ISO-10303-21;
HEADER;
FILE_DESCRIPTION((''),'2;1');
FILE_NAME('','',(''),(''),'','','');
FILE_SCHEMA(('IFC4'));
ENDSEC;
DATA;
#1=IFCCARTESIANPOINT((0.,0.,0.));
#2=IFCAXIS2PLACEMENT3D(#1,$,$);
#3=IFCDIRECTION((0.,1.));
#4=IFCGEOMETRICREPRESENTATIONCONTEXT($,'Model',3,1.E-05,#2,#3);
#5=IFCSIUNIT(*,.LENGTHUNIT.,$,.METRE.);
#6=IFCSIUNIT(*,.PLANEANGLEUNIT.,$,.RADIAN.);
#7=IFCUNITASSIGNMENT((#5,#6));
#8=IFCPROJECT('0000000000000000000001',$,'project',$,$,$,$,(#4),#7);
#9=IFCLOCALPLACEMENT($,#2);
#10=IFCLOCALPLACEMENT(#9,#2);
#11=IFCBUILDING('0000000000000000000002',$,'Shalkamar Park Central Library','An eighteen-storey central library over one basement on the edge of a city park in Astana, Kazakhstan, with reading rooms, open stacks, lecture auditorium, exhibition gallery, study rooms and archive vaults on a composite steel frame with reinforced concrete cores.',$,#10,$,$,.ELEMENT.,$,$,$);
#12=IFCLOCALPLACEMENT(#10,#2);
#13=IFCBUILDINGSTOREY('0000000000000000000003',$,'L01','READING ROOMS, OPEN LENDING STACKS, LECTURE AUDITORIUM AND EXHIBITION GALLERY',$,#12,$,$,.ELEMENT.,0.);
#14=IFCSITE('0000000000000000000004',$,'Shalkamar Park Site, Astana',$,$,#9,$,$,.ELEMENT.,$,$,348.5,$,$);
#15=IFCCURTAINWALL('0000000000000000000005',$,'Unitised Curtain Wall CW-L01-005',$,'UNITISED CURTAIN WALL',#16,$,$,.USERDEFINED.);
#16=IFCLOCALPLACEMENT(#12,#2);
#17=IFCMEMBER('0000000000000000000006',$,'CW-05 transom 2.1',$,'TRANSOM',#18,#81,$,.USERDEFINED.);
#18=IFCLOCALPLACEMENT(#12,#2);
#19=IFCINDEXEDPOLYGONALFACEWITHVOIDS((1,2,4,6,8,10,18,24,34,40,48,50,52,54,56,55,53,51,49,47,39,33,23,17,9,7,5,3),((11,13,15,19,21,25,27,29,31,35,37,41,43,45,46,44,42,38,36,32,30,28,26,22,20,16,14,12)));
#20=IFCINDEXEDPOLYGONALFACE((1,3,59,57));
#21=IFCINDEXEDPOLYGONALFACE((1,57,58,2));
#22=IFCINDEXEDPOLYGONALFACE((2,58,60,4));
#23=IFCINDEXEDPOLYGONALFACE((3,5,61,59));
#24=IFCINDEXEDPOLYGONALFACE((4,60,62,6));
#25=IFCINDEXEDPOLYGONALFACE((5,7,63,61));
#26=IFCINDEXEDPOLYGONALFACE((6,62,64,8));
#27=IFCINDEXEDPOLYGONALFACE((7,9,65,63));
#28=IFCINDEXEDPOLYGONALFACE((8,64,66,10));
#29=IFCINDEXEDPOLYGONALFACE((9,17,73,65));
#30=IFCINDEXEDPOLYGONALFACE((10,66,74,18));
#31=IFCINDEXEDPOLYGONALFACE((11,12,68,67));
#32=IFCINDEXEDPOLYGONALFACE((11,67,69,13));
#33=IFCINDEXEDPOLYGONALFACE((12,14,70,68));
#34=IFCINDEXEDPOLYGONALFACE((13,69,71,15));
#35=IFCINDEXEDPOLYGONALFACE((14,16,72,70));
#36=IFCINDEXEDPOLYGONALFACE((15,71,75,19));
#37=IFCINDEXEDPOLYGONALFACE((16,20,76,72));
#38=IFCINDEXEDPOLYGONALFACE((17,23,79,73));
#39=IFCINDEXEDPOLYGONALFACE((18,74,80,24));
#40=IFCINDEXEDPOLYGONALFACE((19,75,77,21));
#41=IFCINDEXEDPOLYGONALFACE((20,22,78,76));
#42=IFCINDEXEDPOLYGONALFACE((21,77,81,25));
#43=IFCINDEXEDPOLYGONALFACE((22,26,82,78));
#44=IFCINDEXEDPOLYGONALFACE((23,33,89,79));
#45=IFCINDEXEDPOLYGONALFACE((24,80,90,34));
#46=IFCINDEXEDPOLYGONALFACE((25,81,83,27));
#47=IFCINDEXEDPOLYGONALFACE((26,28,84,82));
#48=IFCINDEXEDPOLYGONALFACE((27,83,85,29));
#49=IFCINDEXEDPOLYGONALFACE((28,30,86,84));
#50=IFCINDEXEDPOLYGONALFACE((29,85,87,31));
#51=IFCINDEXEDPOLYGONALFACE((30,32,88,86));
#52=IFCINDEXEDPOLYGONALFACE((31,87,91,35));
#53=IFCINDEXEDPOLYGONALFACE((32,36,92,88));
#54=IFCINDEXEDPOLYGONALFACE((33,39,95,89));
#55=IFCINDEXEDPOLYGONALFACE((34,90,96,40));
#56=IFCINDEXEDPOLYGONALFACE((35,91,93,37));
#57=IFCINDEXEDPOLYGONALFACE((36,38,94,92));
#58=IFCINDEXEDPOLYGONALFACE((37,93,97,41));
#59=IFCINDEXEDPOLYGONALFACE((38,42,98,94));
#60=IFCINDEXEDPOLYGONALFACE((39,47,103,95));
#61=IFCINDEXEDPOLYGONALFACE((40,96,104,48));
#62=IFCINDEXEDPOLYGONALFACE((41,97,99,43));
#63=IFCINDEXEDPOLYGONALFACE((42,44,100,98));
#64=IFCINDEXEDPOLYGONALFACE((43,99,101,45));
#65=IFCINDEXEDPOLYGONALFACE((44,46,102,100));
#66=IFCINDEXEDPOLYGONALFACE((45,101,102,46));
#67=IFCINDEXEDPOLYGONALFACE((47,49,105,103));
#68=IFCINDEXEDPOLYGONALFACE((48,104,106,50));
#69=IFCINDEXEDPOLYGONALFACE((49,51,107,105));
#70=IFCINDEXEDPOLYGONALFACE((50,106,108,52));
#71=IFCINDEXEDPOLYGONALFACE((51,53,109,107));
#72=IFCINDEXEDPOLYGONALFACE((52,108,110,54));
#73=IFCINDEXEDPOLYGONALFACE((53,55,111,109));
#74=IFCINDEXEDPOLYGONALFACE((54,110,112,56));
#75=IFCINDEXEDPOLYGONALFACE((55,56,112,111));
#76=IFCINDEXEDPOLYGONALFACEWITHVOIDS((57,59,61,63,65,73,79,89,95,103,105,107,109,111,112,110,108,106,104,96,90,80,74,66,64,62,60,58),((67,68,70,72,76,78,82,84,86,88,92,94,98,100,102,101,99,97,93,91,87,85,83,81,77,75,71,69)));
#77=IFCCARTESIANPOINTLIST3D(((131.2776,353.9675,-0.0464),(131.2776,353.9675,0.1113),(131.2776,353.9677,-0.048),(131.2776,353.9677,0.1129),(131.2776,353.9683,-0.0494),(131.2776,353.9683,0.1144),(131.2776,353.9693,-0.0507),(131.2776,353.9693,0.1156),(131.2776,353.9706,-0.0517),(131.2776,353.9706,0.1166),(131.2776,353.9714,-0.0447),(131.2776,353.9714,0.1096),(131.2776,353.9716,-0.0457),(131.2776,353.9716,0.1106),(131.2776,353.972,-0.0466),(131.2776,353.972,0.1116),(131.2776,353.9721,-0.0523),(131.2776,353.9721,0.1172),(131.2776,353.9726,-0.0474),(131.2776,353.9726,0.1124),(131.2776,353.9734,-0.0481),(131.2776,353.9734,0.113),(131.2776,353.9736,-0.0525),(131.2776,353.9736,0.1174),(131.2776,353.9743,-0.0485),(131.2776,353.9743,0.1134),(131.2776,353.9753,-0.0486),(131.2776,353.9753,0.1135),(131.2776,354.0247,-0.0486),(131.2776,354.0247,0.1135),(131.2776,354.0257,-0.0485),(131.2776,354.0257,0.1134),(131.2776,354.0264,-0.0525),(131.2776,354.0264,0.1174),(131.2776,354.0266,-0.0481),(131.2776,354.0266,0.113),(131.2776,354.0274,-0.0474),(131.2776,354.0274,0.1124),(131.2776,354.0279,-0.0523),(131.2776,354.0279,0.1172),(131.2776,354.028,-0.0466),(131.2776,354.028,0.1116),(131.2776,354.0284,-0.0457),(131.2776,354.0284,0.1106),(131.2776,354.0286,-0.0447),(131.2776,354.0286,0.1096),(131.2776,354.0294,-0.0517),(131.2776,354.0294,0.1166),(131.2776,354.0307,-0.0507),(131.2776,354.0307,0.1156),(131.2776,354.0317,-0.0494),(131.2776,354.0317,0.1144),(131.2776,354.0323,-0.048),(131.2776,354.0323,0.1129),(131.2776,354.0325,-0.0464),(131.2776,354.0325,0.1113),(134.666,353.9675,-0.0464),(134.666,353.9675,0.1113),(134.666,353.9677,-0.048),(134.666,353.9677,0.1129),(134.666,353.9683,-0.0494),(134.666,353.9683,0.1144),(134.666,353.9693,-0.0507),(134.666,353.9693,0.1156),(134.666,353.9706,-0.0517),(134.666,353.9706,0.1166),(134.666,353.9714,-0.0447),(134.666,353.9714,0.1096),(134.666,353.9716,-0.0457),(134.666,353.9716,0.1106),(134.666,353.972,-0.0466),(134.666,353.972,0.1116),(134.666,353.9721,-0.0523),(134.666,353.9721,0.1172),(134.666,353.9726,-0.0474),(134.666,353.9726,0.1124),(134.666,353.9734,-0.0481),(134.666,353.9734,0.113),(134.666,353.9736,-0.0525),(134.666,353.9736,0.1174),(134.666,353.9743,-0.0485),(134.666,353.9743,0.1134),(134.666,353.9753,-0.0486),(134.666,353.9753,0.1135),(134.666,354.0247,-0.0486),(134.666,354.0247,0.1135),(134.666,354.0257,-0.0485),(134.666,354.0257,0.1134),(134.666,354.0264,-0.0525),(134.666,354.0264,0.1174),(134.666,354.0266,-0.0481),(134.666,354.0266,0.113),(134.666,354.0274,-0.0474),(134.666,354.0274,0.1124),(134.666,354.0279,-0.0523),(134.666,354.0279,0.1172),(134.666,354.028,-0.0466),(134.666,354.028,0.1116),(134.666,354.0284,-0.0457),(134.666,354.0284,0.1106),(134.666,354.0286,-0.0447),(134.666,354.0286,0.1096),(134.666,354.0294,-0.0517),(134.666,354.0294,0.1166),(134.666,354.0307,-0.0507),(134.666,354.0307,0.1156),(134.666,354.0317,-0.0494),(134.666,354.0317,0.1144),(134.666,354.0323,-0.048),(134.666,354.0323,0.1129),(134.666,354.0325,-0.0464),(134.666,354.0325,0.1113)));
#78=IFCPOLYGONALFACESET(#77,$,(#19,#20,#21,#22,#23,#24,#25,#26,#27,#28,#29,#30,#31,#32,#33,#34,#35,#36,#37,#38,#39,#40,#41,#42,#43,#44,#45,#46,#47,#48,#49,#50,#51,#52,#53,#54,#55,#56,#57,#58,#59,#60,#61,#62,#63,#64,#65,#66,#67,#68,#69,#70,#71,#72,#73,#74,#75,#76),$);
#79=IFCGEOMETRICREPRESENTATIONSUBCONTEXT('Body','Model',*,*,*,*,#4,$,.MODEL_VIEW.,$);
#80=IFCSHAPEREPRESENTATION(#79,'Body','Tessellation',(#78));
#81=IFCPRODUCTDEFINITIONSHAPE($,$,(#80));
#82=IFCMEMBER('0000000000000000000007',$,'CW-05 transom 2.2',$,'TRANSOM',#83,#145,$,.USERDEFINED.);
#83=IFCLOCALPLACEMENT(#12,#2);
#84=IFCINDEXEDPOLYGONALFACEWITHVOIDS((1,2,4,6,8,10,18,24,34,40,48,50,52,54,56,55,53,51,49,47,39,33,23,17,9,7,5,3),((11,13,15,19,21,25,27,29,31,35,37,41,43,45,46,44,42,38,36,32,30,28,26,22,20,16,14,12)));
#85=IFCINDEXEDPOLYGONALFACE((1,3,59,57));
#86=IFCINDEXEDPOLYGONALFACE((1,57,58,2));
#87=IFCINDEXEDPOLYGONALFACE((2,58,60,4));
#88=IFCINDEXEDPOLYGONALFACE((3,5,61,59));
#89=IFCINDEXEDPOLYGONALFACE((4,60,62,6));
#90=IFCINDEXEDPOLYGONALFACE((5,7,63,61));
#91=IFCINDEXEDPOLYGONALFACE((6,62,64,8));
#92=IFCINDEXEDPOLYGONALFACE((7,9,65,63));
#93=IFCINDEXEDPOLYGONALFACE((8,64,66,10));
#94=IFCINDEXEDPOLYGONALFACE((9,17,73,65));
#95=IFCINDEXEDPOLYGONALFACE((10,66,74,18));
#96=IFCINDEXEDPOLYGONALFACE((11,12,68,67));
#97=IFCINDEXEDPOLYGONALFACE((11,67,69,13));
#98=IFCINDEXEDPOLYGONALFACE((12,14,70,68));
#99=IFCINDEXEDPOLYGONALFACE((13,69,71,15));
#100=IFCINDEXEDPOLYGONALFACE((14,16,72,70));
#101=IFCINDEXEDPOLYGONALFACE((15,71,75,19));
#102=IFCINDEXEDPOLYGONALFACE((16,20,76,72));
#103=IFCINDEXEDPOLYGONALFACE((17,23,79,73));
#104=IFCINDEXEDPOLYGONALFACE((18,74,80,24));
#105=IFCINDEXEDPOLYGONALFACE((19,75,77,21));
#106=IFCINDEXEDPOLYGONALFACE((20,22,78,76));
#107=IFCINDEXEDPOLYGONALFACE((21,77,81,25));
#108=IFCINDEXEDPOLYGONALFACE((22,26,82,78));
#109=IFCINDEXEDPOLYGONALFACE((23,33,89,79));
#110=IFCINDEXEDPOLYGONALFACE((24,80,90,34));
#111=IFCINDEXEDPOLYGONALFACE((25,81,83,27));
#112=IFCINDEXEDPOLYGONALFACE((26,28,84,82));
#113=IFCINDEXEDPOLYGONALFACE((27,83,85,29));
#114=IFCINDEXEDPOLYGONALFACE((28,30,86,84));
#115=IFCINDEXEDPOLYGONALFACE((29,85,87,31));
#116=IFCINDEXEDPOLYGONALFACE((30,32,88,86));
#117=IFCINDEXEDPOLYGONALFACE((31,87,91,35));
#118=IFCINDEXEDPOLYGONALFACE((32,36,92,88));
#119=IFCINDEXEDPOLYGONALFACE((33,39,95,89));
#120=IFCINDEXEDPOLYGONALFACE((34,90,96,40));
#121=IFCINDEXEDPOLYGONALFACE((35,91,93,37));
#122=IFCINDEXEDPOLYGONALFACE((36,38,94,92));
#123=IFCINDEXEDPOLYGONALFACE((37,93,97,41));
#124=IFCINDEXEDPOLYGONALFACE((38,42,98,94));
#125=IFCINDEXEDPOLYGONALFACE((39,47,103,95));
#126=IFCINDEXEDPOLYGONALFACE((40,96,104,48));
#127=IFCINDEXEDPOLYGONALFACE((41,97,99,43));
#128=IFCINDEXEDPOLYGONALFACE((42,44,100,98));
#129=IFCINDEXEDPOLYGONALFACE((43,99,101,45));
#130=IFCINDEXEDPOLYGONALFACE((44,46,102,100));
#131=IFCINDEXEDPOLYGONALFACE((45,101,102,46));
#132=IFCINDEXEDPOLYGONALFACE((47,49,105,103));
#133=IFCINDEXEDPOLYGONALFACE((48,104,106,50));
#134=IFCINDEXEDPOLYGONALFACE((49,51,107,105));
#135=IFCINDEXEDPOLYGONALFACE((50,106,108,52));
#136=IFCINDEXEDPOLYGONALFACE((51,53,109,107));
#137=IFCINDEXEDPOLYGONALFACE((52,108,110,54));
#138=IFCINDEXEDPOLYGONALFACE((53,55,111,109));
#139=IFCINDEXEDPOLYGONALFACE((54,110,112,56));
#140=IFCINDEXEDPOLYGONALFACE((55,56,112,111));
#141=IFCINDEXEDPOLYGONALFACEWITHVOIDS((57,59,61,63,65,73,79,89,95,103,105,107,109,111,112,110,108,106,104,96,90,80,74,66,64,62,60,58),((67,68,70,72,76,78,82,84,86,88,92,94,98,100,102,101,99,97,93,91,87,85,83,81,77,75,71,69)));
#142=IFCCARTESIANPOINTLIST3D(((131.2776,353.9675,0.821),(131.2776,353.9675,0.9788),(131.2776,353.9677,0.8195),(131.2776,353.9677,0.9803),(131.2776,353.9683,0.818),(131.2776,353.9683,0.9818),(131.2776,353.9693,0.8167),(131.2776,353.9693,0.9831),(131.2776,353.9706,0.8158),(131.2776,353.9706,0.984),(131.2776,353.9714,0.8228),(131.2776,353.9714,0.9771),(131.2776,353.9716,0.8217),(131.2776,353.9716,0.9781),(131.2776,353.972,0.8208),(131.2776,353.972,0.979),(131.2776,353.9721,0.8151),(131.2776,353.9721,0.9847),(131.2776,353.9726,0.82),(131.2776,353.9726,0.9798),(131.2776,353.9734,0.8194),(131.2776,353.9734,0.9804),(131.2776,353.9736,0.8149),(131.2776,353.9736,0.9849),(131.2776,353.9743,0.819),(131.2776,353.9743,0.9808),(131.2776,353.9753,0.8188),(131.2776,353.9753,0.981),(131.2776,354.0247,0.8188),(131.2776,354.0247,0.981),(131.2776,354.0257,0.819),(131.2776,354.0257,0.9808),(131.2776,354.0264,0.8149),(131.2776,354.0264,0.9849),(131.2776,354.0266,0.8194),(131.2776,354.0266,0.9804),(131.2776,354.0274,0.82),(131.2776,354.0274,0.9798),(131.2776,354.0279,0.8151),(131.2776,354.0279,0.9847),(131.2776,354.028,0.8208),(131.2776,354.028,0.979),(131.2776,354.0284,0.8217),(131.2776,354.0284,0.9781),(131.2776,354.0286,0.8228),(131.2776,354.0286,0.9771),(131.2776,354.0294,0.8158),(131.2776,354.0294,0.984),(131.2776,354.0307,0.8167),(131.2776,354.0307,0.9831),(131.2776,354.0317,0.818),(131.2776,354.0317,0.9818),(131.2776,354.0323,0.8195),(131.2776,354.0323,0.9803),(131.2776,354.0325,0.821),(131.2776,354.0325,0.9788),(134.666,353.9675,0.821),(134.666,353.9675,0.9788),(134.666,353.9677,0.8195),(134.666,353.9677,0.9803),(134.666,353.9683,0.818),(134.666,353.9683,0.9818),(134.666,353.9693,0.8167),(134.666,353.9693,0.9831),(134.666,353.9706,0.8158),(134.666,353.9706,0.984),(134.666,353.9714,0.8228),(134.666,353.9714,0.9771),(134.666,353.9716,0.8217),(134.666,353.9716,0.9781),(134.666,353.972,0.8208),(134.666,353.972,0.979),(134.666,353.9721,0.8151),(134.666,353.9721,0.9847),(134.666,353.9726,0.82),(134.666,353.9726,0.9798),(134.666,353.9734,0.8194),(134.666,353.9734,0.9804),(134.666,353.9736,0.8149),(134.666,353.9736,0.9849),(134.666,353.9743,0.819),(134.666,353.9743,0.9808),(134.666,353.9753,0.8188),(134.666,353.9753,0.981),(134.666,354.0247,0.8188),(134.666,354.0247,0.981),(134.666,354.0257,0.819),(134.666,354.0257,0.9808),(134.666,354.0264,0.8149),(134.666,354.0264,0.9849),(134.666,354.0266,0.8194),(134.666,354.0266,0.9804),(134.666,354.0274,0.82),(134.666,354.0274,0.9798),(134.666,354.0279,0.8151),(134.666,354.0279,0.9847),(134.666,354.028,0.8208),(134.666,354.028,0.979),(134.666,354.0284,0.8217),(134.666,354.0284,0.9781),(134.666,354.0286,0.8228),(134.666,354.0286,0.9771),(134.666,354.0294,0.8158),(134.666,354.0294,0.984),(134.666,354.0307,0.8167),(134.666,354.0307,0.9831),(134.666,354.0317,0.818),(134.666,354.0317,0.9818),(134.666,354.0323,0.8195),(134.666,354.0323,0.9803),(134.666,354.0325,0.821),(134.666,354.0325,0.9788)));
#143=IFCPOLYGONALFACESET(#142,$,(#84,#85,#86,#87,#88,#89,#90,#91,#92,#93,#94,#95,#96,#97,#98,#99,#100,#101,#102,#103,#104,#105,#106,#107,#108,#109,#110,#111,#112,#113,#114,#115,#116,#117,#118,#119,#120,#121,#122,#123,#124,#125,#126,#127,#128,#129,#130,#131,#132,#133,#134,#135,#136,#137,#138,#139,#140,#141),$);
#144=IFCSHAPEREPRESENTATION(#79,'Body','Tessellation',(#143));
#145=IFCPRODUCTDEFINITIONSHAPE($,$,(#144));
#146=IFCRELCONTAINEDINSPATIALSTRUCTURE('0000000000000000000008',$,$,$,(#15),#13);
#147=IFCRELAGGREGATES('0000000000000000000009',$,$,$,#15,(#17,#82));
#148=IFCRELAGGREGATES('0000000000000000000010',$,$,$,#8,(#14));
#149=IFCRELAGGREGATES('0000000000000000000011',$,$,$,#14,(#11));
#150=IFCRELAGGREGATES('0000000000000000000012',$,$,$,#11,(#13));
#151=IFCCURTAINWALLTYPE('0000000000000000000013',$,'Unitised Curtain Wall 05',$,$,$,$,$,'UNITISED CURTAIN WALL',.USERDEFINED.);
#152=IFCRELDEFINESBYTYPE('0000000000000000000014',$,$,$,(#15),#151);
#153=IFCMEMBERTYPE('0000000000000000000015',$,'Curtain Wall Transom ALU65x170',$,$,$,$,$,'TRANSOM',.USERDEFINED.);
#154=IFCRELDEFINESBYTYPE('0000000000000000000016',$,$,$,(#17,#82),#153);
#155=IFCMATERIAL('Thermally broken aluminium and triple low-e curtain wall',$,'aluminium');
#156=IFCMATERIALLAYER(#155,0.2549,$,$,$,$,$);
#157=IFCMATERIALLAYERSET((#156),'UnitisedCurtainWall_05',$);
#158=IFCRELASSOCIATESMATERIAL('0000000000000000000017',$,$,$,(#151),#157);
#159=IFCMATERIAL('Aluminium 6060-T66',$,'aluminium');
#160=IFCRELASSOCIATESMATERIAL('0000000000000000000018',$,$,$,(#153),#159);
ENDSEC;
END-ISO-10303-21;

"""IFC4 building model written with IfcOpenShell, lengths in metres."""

from ifc_helpers import new_model, si_unit, direction, frame, origin, origin_2d, place, context, subcontext, project, spatial, hollow_rectangle, extrude, material, layer, layer_set, material_profile, profile_set, type_object, element, aggregate, save


model = new_model("IFC4")

# Units and contexts
model_context = context("Model", 3, precision=1e-05, world=origin(), true_north=direction((0.0, 1.0)))
body_context = subcontext(model_context, "Body", "Model", "MODEL_VIEW")
ifc_project = project(units=[si_unit("LENGTHUNIT", "METRE"), si_unit("PLANEANGLEUNIT", "RADIAN")], contexts=[model_context])

# Site, building, storey
site_placement = place(None, origin())
site = spatial("IfcSite", under=ifc_project, at=site_placement, Name="Shalkamar Park Site, Astana", CompositionType="ELEMENT", RefElevation=348.5)
building_placement = place(site_placement, origin())
building = spatial("IfcBuilding", under=site, at=building_placement, Name="Shalkamar Park Central Library", Description="An eighteen-storey central library over one basement on the edge of a city park in Astana, Kazakhstan, with reading rooms, open stacks, lecture auditorium, exhibition gallery, study rooms and archive vaults on a composite steel frame with reinforced concrete cores.", CompositionType="ELEMENT")
storey_placement = place(building_placement, origin())
storey = spatial("IfcBuildingStorey", under=building, at=storey_placement, Name="L01", Description="READING ROOMS, OPEN LENDING STACKS, LECTURE AUDITORIUM AND EXHIBITION GALLERY", CompositionType="ELEMENT", Elevation=0.0)

# Curtain wall
ifc_material_1 = material(Name="Thermally broken aluminium and triple low-e curtain wall", Category="aluminium")
ifc_material_2 = material(Name="Aluminium 6060-T66", Category="aluminium")
ifc_layer_1 = layer(ifc_material_1, 0.2549)
ifc_layer_set_1 = layer_set([ifc_layer_1], Name="UnitisedCurtainWall_05")
curtain_wall_type_1 = type_object("IfcCurtainWallType", Name="Unitised Curtain Wall 05", ElementType="UNITISED CURTAIN WALL", PredefinedType="USERDEFINED", material=ifc_layer_set_1)
curtain_wall_1_placement = place(storey_placement, origin())
curtain_wall_1 = element("IfcCurtainWall", 1, at=curtain_wall_1_placement, inside=storey, type_object=curtain_wall_type_1, Name="Unitised Curtain Wall CW-L01-005", ObjectType="UNITISED CURTAIN WALL", PredefinedType="USERDEFINED")

# Members
ifc_material_profile_1 = material_profile(ifc_material_2, hollow_rectangle(XDim=0.0649, YDim=0.1699, WallThickness=0.0039, InnerFilletRadius=0.0039, OuterFilletRadius=0.0061, at=origin_2d()), Name="ALU 65x170x4")
ifc_profile_set_1 = profile_set([ifc_material_profile_1], Name="Aluminium 6060-T66")
member_type_1 = type_object("IfcMemberType", Name="Curtain Wall Transom ALU65x170", ElementType="TRANSOM", PredefinedType="USERDEFINED", material=ifc_profile_set_1)
member_1_placement = place(storey_placement, frame((131.2776, 354.0, 0.0325), z_axis=(1.0, 0.0, 0.0), x_axis=(0.0, 1.0, 0.0)))
member_1 = element("IfcMember", 2, at=member_1_placement, type_object=member_type_1, Name="CW-05 transom 2.1", ObjectType="TRANSOM", PredefinedType="USERDEFINED", context=body_context, shape_type="SweptSolid", body=[
    extrude(hollow_rectangle(XDim=0.0649, YDim=0.1699, WallThickness=0.0039, InnerFilletRadius=0.0039, OuterFilletRadius=0.0061, at=origin_2d()), origin(), (0.0, 0.0, 1.0), 3.3884),
])
member_2_placement = place(storey_placement, frame((131.2776, 354.0, 0.8999), z_axis=(1.0, 0.0, 0.0), x_axis=(0.0, 1.0, 0.0)))
member_2 = element("IfcMember", 3, at=member_2_placement, type_object=member_type_1, Name="CW-05 transom 2.2", ObjectType="TRANSOM", PredefinedType="USERDEFINED", context=body_context, shape_type="SweptSolid", body=[
    extrude(hollow_rectangle(XDim=0.0649, YDim=0.1699, WallThickness=0.0039, InnerFilletRadius=0.0039, OuterFilletRadius=0.0061, at=origin_2d()), origin(), (0.0, 0.0, 1.0), 3.3884),
])

aggregate(curtain_wall_1, [member_1, member_2])

save(model, "model.ifc")
